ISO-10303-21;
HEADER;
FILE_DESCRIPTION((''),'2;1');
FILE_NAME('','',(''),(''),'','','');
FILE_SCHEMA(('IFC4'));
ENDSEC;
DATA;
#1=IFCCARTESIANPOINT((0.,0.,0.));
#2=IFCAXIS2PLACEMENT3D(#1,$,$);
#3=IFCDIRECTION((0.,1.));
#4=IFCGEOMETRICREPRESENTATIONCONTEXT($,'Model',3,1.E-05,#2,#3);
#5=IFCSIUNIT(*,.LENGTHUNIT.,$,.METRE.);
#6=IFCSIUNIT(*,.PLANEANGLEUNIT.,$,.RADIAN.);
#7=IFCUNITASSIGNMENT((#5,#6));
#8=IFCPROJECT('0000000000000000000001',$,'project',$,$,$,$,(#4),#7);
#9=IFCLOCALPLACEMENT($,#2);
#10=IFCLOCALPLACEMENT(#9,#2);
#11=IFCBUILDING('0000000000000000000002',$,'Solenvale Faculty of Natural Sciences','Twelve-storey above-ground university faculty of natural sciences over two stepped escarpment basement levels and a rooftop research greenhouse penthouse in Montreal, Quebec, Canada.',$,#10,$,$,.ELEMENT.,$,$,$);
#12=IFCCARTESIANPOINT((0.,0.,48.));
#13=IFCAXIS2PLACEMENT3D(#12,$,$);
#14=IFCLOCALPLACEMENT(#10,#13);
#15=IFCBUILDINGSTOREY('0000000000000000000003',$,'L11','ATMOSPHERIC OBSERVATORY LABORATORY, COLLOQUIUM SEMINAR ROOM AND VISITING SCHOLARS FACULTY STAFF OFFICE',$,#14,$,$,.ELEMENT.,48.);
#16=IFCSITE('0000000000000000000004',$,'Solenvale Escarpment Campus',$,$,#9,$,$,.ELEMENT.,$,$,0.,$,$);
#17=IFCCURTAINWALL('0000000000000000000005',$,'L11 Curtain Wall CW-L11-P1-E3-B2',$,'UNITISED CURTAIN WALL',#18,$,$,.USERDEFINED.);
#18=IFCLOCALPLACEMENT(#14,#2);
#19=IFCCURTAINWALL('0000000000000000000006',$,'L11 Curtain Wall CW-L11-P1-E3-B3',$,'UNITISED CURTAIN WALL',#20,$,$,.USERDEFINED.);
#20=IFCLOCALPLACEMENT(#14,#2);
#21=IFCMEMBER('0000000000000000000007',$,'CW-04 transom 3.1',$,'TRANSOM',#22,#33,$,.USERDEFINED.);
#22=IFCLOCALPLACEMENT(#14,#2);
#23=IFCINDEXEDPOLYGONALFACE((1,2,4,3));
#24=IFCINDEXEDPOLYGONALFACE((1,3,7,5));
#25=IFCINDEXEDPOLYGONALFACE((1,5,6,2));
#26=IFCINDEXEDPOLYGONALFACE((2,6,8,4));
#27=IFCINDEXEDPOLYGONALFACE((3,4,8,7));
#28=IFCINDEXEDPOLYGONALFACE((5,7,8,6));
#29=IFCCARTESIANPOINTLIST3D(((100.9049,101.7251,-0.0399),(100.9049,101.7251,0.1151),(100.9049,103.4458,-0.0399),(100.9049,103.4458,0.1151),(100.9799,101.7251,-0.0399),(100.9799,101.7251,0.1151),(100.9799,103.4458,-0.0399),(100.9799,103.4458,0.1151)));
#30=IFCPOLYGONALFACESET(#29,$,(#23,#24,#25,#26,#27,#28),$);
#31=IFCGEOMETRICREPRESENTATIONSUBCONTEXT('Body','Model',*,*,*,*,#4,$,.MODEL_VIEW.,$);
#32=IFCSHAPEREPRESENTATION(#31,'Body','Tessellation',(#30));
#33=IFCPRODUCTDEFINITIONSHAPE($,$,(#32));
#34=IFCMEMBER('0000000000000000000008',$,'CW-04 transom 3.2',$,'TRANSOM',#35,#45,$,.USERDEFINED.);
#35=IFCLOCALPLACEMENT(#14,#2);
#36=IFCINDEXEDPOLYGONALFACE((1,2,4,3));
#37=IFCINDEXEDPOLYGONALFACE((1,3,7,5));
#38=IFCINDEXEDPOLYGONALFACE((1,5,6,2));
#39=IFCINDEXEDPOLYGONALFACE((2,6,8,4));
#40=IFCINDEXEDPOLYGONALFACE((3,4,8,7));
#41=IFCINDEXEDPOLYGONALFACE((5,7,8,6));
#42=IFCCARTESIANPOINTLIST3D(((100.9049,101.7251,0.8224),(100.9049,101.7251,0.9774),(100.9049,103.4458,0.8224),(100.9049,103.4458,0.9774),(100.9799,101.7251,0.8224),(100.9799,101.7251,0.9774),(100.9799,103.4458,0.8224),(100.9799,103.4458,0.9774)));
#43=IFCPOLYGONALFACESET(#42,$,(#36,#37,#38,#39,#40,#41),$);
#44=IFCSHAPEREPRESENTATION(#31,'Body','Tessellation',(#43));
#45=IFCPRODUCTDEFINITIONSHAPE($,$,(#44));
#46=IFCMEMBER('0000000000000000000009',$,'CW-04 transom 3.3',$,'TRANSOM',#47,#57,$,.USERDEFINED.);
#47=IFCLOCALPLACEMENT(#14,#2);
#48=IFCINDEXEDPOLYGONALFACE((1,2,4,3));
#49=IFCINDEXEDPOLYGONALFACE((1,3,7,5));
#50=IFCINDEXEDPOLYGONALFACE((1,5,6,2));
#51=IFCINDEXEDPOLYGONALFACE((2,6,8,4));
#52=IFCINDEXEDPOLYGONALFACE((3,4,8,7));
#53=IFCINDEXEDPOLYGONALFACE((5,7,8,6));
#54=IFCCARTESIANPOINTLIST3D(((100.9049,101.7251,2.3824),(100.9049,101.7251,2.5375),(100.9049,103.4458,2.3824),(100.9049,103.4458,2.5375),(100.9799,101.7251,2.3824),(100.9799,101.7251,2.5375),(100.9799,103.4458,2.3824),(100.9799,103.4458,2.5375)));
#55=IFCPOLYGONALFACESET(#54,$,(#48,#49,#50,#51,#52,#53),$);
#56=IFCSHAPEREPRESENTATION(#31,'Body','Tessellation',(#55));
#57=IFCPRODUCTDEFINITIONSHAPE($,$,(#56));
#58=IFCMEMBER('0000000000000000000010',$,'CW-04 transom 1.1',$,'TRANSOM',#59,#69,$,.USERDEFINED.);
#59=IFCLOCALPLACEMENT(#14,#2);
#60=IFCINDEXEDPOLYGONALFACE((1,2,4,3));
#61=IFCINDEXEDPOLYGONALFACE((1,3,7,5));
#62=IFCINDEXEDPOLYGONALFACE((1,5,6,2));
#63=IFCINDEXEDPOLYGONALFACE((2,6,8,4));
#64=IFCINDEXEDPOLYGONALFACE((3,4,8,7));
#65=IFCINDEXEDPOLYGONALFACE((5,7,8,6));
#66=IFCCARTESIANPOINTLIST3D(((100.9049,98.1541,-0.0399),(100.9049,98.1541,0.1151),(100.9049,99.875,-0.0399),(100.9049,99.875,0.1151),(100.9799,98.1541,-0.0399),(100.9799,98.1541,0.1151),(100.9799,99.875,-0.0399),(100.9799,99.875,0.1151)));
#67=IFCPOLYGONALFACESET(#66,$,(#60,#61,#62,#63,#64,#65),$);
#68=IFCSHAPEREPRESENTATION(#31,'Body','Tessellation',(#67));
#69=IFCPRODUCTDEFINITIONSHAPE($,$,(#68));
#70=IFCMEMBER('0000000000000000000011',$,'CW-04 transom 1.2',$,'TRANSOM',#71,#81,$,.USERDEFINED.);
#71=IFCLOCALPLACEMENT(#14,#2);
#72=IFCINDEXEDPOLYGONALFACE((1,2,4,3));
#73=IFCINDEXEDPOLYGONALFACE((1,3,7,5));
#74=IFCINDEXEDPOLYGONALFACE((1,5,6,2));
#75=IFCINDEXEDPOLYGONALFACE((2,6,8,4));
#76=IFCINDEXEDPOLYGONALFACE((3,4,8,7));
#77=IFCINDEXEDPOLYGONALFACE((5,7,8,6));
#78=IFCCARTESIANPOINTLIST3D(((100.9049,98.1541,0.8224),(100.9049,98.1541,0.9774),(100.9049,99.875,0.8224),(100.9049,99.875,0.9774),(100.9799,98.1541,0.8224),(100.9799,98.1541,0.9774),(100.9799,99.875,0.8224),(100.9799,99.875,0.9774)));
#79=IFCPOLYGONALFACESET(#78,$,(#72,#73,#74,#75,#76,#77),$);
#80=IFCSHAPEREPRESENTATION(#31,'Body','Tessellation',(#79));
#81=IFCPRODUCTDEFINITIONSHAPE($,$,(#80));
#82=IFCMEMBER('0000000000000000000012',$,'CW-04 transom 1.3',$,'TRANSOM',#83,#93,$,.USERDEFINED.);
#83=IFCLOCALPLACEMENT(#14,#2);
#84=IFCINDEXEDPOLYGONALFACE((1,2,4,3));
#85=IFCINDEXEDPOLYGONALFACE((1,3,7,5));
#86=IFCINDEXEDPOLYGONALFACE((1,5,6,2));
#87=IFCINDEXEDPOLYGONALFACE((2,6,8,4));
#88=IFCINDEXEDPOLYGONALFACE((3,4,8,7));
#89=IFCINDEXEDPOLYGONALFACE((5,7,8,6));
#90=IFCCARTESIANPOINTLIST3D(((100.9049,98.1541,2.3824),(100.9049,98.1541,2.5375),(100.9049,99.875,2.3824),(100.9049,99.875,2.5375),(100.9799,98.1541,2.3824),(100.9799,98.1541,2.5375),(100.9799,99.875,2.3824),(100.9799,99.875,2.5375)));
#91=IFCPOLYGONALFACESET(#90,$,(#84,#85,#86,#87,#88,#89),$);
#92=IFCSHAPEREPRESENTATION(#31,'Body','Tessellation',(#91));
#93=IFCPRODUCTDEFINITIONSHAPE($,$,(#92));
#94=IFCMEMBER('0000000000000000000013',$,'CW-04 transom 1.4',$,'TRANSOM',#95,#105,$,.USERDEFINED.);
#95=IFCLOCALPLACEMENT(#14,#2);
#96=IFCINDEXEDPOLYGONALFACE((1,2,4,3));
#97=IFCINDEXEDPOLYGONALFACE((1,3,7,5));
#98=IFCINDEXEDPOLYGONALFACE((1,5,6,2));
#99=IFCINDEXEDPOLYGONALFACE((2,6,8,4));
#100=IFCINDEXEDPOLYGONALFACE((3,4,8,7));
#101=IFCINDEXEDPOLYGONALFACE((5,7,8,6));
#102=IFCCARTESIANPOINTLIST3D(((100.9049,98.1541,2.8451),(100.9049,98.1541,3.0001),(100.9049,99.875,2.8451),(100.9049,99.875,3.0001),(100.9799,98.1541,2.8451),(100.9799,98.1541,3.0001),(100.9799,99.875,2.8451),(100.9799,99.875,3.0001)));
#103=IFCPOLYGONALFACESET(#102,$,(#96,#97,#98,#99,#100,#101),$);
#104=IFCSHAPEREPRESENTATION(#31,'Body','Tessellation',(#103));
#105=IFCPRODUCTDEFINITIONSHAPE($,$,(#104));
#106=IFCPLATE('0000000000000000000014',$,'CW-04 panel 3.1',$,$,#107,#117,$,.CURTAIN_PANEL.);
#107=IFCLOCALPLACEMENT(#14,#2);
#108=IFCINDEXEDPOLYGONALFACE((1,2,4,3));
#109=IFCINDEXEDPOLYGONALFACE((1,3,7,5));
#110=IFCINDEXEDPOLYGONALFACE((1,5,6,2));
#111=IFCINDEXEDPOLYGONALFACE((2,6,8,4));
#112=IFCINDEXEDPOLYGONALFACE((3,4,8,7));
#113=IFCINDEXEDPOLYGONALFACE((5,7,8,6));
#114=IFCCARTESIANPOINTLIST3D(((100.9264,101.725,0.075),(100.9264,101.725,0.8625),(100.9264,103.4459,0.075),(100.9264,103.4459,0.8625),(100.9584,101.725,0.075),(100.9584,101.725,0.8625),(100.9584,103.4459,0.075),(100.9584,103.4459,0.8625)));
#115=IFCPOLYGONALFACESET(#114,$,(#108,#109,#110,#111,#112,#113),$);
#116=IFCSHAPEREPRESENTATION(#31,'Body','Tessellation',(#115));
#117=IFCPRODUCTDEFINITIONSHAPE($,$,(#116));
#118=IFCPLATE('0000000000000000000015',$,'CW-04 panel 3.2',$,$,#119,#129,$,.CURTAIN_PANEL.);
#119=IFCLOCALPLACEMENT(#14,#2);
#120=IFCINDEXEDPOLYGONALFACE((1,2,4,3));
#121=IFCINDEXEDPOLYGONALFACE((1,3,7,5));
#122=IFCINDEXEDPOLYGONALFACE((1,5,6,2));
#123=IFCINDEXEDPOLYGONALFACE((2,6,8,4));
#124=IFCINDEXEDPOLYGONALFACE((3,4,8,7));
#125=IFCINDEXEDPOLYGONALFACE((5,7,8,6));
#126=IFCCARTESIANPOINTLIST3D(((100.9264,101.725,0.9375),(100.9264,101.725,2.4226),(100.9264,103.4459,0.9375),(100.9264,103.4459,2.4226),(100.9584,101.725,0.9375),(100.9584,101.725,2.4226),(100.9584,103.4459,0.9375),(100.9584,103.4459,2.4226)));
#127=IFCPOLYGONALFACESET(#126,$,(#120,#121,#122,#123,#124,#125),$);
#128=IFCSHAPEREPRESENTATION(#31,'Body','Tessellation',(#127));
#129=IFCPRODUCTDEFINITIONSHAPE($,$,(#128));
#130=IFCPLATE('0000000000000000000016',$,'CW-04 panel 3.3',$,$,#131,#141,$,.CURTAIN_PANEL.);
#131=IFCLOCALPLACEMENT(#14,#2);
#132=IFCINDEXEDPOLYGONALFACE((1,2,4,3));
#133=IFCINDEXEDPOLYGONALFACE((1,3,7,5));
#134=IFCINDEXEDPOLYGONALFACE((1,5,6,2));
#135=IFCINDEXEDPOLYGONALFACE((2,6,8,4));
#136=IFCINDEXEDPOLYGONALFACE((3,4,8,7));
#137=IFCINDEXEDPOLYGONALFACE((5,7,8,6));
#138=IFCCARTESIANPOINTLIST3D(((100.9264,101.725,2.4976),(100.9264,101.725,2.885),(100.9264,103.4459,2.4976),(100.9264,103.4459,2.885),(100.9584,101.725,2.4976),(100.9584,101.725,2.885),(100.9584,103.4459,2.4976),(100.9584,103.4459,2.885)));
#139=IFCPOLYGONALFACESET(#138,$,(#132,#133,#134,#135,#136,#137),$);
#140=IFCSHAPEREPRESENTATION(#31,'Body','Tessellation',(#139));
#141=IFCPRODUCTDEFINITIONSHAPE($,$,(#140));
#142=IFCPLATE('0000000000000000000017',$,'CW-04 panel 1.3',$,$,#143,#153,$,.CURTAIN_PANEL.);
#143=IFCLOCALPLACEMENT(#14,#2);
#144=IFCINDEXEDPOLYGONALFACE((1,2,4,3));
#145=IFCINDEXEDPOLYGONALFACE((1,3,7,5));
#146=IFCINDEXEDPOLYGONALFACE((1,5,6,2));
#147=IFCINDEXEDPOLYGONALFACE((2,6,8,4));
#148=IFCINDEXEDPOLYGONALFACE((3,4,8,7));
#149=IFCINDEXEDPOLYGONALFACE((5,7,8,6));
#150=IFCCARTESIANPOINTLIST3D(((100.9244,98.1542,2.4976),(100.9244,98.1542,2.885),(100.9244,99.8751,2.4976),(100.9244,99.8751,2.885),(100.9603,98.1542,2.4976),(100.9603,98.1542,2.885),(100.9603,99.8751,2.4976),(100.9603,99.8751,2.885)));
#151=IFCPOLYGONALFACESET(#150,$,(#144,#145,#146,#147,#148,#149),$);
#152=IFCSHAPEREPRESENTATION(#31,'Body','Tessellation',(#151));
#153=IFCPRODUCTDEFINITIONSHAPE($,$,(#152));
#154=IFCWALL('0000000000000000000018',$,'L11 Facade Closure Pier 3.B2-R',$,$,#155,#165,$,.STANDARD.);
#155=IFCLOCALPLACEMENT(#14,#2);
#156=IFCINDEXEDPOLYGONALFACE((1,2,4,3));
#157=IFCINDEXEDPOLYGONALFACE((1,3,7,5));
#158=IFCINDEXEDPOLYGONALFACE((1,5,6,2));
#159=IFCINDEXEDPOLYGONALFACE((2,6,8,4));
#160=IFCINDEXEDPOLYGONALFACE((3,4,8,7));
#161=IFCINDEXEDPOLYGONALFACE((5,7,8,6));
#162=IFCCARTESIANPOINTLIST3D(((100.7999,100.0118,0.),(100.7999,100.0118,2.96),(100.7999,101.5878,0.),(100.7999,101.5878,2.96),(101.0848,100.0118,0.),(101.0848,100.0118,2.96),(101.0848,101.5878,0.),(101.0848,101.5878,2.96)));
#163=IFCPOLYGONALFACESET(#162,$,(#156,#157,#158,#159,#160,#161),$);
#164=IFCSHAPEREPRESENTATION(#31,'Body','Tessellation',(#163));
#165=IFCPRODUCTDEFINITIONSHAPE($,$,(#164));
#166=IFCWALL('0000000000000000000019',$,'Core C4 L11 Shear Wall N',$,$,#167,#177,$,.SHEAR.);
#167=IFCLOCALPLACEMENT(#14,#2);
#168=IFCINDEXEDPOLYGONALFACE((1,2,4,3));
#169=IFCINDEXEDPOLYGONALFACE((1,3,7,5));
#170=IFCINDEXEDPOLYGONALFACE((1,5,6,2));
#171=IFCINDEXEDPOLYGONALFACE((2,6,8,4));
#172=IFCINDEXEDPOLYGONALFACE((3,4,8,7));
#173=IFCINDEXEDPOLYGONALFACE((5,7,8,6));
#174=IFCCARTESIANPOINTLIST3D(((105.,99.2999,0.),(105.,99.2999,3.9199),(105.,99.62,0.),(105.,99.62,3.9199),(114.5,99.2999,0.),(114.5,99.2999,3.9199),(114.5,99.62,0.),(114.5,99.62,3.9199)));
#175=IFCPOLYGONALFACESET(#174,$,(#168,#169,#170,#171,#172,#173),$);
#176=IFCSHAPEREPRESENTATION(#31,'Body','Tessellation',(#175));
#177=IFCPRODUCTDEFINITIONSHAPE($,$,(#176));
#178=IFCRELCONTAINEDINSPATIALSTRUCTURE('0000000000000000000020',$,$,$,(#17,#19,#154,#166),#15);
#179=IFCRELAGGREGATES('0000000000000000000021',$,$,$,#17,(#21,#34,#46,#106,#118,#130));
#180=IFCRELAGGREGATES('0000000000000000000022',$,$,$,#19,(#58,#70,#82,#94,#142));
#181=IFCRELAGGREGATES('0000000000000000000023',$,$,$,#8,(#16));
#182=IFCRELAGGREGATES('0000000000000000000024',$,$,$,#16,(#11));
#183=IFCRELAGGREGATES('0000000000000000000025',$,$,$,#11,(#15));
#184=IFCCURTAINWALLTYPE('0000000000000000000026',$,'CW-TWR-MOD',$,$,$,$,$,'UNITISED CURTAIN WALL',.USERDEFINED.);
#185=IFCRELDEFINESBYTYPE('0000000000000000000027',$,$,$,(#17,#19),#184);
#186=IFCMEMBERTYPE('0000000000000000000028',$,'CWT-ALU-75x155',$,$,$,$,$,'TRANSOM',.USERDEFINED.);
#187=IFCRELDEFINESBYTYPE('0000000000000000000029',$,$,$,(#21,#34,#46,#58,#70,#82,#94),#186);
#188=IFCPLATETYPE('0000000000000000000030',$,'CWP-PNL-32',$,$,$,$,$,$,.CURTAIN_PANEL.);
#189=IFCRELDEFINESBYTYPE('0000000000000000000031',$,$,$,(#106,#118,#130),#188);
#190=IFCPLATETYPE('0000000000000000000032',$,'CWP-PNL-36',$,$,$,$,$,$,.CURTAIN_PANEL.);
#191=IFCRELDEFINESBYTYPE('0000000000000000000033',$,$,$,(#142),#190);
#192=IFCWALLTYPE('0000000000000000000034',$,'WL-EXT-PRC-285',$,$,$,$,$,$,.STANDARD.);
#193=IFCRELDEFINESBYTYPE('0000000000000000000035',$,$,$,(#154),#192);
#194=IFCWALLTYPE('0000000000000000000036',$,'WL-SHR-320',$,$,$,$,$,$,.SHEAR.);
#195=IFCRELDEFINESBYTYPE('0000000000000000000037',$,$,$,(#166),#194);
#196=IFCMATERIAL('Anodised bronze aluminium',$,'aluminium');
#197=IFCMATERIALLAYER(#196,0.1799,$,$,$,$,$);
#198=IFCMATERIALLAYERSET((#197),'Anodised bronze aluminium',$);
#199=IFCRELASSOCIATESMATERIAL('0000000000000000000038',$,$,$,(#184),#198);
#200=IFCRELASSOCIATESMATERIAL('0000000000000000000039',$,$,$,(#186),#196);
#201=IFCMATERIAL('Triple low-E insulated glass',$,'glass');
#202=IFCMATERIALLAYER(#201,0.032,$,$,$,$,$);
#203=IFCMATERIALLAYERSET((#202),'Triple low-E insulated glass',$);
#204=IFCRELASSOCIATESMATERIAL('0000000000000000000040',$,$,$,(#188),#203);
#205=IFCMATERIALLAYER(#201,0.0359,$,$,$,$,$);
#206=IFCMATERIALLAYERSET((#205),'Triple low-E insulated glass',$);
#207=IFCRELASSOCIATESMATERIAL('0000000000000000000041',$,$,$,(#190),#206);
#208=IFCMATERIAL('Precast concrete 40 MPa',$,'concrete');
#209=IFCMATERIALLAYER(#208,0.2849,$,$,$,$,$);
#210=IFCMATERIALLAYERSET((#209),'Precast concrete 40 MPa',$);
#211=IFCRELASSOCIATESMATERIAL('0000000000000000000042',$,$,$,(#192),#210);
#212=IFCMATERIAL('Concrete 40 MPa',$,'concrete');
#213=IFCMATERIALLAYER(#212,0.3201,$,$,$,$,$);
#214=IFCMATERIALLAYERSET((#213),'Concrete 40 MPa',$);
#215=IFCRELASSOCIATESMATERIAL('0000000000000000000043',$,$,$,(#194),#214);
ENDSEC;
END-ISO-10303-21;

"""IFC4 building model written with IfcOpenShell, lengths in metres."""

from ifc_helpers import new_model, si_unit, direction, frame, frame_2d, origin, origin_2d, place, context, subcontext, project, spatial, rectangle, extrude, material, layer, layer_set, material_profile, profile_set, type_object, element, aggregate, save


model = new_model("IFC4")

# Units and contexts
model_context = context("Model", 3, precision=1e-05, world=origin(), true_north=direction((0.0, 1.0)))
body_context = subcontext(model_context, "Body", "Model", "MODEL_VIEW")
ifc_project = project(units=[si_unit("LENGTHUNIT", "METRE"), si_unit("PLANEANGLEUNIT", "RADIAN")], contexts=[model_context])

# Site, building, storey
site_placement = place(None, origin())
site = spatial("IfcSite", under=ifc_project, at=site_placement, Name="Solenvale Escarpment Campus", CompositionType="ELEMENT", RefElevation=0.0)
building_placement = place(site_placement, origin())
building = spatial("IfcBuilding", under=site, at=building_placement, Name="Solenvale Faculty of Natural Sciences", Description="Twelve-storey above-ground university faculty of natural sciences over two stepped escarpment basement levels and a rooftop research greenhouse penthouse in Montreal, Quebec, Canada.", CompositionType="ELEMENT")
storey_placement = place(building_placement, frame((0.0, 0.0, 48.0)))
storey = spatial("IfcBuildingStorey", under=building, at=storey_placement, Name="L11", Description="ATMOSPHERIC OBSERVATORY LABORATORY, COLLOQUIUM SEMINAR ROOM AND VISITING SCHOLARS FACULTY STAFF OFFICE", CompositionType="ELEMENT", Elevation=48.0)

# Shared definitions
ifc_material_1 = material(Name="Concrete 40 MPa", Category="concrete")

# Curtain walls
ifc_material_2 = material(Name="Anodised bronze aluminium", Category="aluminium")
ifc_layer_1 = layer(ifc_material_2, 0.1799)
ifc_layer_set_1 = layer_set([ifc_layer_1], Name="Anodised bronze aluminium")
curtain_wall_type = type_object("IfcCurtainWallType", Name="CW-TWR-MOD", ElementType="UNITISED CURTAIN WALL", PredefinedType="USERDEFINED", material=ifc_layer_set_1)
curtain_wall_1_placement = place(storey_placement, origin())
curtain_wall_1 = element("IfcCurtainWall", 1, at=curtain_wall_1_placement, inside=storey, type_object=curtain_wall_type, Name="L11 Curtain Wall CW-L11-P1-E3-B2", ObjectType="UNITISED CURTAIN WALL", PredefinedType="USERDEFINED")
curtain_wall_2_placement = place(storey_placement, origin())
curtain_wall_2 = element("IfcCurtainWall", 2, at=curtain_wall_2_placement, inside=storey, type_object=curtain_wall_type, Name="L11 Curtain Wall CW-L11-P1-E3-B3", ObjectType="UNITISED CURTAIN WALL", PredefinedType="USERDEFINED")

# Members
ifc_material_profile_1 = material_profile(ifc_material_2, rectangle(XDim=0.075, YDim=0.155, at=origin_2d()), Name="ALU-TRN-75x155")
ifc_profile_set_1 = profile_set([ifc_material_profile_1], Name="Anodised bronze aluminium")
member_type_1 = type_object("IfcMemberType", Name="CWT-ALU-75x155", ElementType="TRANSOM", PredefinedType="USERDEFINED", material=ifc_profile_set_1)
member_1_placement = place(storey_placement, frame((100.9424, 103.4458, 0.0376), z_axis=(0.0, -1.0, 0.0), x_axis=(1.0, 0.0, 0.0)))
member_1 = element("IfcMember", 3, at=member_1_placement, type_object=member_type_1, Name="CW-04 transom 3.1", ObjectType="TRANSOM", PredefinedType="USERDEFINED", context=body_context, shape_type="SweptSolid", body=[
    extrude(rectangle(XDim=0.075, YDim=0.155, at=origin_2d()), origin(), (0.0, 0.0, 1.0), 1.7207),
])
member_2_placement = place(storey_placement, frame((100.9424, 103.4458, 0.8999), z_axis=(0.0, -1.0, 0.0), x_axis=(1.0, 0.0, 0.0)))
member_2 = element("IfcMember", 4, at=member_2_placement, type_object=member_type_1, Name="CW-04 transom 3.2", ObjectType="TRANSOM", PredefinedType="USERDEFINED", context=body_context, shape_type="SweptSolid", body=[
    extrude(rectangle(XDim=0.075, YDim=0.155, at=origin_2d()), origin(), (0.0, 0.0, 1.0), 1.7207),
])
member_3_placement = place(storey_placement, frame((100.9424, 103.4458, 2.46), z_axis=(0.0, -1.0, 0.0), x_axis=(1.0, 0.0, 0.0)))
member_3 = element("IfcMember", 5, at=member_3_placement, type_object=member_type_1, Name="CW-04 transom 3.3", ObjectType="TRANSOM", PredefinedType="USERDEFINED", context=body_context, shape_type="SweptSolid", body=[
    extrude(rectangle(XDim=0.075, YDim=0.155, at=origin_2d()), origin(), (0.0, 0.0, 1.0), 1.7207),
])
member_4_placement = place(storey_placement, frame((100.9424, 99.875, 0.0376), z_axis=(0.0, -1.0, 0.0), x_axis=(1.0, 0.0, 0.0)))
member_4 = element("IfcMember", 6, at=member_4_placement, type_object=member_type_1, Name="CW-04 transom 1.1", ObjectType="TRANSOM", PredefinedType="USERDEFINED", context=body_context, shape_type="SweptSolid", body=[
    extrude(rectangle(XDim=0.075, YDim=0.155, at=origin_2d()), origin(), (0.0, 0.0, 1.0), 1.7209),
])
member_5_placement = place(storey_placement, frame((100.9424, 99.875, 0.8999), z_axis=(0.0, -1.0, 0.0), x_axis=(1.0, 0.0, 0.0)))
member_5 = element("IfcMember", 7, at=member_5_placement, type_object=member_type_1, Name="CW-04 transom 1.2", ObjectType="TRANSOM", PredefinedType="USERDEFINED", context=body_context, shape_type="SweptSolid", body=[
    extrude(rectangle(XDim=0.075, YDim=0.155, at=origin_2d()), origin(), (0.0, 0.0, 1.0), 1.7209),
])
member_6_placement = place(storey_placement, frame((100.9424, 99.875, 2.46), z_axis=(0.0, -1.0, 0.0), x_axis=(1.0, 0.0, 0.0)))
member_6 = element("IfcMember", 8, at=member_6_placement, type_object=member_type_1, Name="CW-04 transom 1.3", ObjectType="TRANSOM", PredefinedType="USERDEFINED", context=body_context, shape_type="SweptSolid", body=[
    extrude(rectangle(XDim=0.075, YDim=0.155, at=origin_2d()), origin(), (0.0, 0.0, 1.0), 1.7209),
])
member_7_placement = place(storey_placement, frame((100.9424, 99.875, 2.9226), z_axis=(0.0, -1.0, 0.0), x_axis=(1.0, 0.0, 0.0)))
member_7 = element("IfcMember", 9, at=member_7_placement, type_object=member_type_1, Name="CW-04 transom 1.4", ObjectType="TRANSOM", PredefinedType="USERDEFINED", context=body_context, shape_type="SweptSolid", body=[
    extrude(rectangle(XDim=0.075, YDim=0.155, at=origin_2d()), origin(), (0.0, 0.0, 1.0), 1.7209),
])

# Plates
ifc_material_3 = material(Name="Triple low-E insulated glass", Category="glass")
ifc_layer_2 = layer(ifc_material_3, 0.032)
ifc_layer_set_2 = layer_set([ifc_layer_2], Name="Triple low-E insulated glass")
plate_type_1 = type_object("IfcPlateType", Name="CWP-PNL-32", PredefinedType="CURTAIN_PANEL", material=ifc_layer_set_2)
plate_1_placement = place(storey_placement, frame((100.9424, 102.5854, 0.075), z_axis=(0.0, 0.0, 1.0), x_axis=(0.0, -1.0, 0.0)))
plate_1 = element("IfcPlate", 10, at=plate_1_placement, type_object=plate_type_1, Name="CW-04 panel 3.1", PredefinedType="CURTAIN_PANEL", context=body_context, shape_type="SweptSolid", body=[
    extrude(rectangle(XDim=1.7209, YDim=0.032, at=origin_2d()), origin(), (0.0, 0.0, 1.0), 0.7876),
])
plate_2_placement = place(storey_placement, frame((100.9424, 102.5854, 0.9375), z_axis=(0.0, 0.0, 1.0), x_axis=(0.0, -1.0, 0.0)))
plate_2 = element("IfcPlate", 11, at=plate_2_placement, type_object=plate_type_1, Name="CW-04 panel 3.2", PredefinedType="CURTAIN_PANEL", context=body_context, shape_type="SweptSolid", body=[
    extrude(rectangle(XDim=1.7209, YDim=0.032, at=origin_2d()), origin(), (0.0, 0.0, 1.0), 1.4851),
])
plate_3_placement = place(storey_placement, frame((100.9424, 102.5854, 2.4976), z_axis=(0.0, 0.0, 1.0), x_axis=(0.0, -1.0, 0.0)))
plate_3 = element("IfcPlate", 12, at=plate_3_placement, type_object=plate_type_1, Name="CW-04 panel 3.3", PredefinedType="CURTAIN_PANEL", context=body_context, shape_type="SweptSolid", body=[
    extrude(rectangle(XDim=1.7209, YDim=0.032, at=origin_2d()), origin(), (0.0, 0.0, 1.0), 0.3875),
])
aggregate(curtain_wall_1, [member_1, member_2, member_3, plate_1, plate_2, plate_3])
ifc_layer_3 = layer(ifc_material_3, 0.0359)
ifc_layer_set_3 = layer_set([ifc_layer_3], Name="Triple low-E insulated glass")
plate_type_2 = type_object("IfcPlateType", Name="CWP-PNL-36", PredefinedType="CURTAIN_PANEL", material=ifc_layer_set_3)
plate_4_placement = place(storey_placement, frame((100.9424, 99.0146, 2.4976), z_axis=(0.0, 0.0, 1.0), x_axis=(0.0, -1.0, 0.0)))
plate_4 = element("IfcPlate", 13, at=plate_4_placement, type_object=plate_type_2, Name="CW-04 panel 1.3", PredefinedType="CURTAIN_PANEL", context=body_context, shape_type="SweptSolid", body=[
    extrude(rectangle(XDim=1.7209, YDim=0.0359, at=origin_2d()), origin(), (0.0, 0.0, 1.0), 0.3875),
])
aggregate(curtain_wall_2, [member_4, member_5, member_6, member_7, plate_4])

# Walls
ifc_material_4 = material(Name="Precast concrete 40 MPa", Category="concrete")
ifc_layer_4 = layer(ifc_material_4, 0.2849)
ifc_layer_set_4 = layer_set([ifc_layer_4], Name="Precast concrete 40 MPa")
wall_type_1 = type_object("IfcWallType", Name="WL-EXT-PRC-285", PredefinedType="STANDARD", material=ifc_layer_set_4)
wall_1_placement = place(storey_placement, frame((100.9424, 101.5879, 0.0), z_axis=(0.0, 0.0, 1.0), x_axis=(0.0, -1.0, 0.0)))
element("IfcWall", 14, at=wall_1_placement, inside=storey, type_object=wall_type_1, Name="L11 Facade Closure Pier 3.B2-R", PredefinedType="STANDARD", context=body_context, shape_type="SweptSolid", body=[
    extrude(rectangle(XDim=1.5759, YDim=0.2849, at=frame_2d((0.7881, 0.0))), origin(), (0.0, 0.0, 1.0), 2.96),
])
ifc_layer_5 = layer(ifc_material_1, 0.3201)
ifc_layer_set_5 = layer_set([ifc_layer_5], Name="Concrete 40 MPa")
wall_type_2 = type_object("IfcWallType", Name="WL-SHR-320", PredefinedType="SHEAR", material=ifc_layer_set_5)
wall_2_placement = place(storey_placement, frame((105.0, 99.46, 0.0), z_axis=(0.0, 0.0, 1.0), x_axis=(1.0, 0.0, 0.0)))
element("IfcWall", 15, at=wall_2_placement, inside=storey, type_object=wall_type_2, Name="Core C4 L11 Shear Wall N", PredefinedType="SHEAR", context=body_context, shape_type="SweptSolid", body=[
    extrude(rectangle(XDim=9.5, YDim=0.3201, at=frame_2d((4.75, 0.0))), origin(), (0.0, 0.0, 1.0), 3.9199),
])

save(model, "model.ifc")
